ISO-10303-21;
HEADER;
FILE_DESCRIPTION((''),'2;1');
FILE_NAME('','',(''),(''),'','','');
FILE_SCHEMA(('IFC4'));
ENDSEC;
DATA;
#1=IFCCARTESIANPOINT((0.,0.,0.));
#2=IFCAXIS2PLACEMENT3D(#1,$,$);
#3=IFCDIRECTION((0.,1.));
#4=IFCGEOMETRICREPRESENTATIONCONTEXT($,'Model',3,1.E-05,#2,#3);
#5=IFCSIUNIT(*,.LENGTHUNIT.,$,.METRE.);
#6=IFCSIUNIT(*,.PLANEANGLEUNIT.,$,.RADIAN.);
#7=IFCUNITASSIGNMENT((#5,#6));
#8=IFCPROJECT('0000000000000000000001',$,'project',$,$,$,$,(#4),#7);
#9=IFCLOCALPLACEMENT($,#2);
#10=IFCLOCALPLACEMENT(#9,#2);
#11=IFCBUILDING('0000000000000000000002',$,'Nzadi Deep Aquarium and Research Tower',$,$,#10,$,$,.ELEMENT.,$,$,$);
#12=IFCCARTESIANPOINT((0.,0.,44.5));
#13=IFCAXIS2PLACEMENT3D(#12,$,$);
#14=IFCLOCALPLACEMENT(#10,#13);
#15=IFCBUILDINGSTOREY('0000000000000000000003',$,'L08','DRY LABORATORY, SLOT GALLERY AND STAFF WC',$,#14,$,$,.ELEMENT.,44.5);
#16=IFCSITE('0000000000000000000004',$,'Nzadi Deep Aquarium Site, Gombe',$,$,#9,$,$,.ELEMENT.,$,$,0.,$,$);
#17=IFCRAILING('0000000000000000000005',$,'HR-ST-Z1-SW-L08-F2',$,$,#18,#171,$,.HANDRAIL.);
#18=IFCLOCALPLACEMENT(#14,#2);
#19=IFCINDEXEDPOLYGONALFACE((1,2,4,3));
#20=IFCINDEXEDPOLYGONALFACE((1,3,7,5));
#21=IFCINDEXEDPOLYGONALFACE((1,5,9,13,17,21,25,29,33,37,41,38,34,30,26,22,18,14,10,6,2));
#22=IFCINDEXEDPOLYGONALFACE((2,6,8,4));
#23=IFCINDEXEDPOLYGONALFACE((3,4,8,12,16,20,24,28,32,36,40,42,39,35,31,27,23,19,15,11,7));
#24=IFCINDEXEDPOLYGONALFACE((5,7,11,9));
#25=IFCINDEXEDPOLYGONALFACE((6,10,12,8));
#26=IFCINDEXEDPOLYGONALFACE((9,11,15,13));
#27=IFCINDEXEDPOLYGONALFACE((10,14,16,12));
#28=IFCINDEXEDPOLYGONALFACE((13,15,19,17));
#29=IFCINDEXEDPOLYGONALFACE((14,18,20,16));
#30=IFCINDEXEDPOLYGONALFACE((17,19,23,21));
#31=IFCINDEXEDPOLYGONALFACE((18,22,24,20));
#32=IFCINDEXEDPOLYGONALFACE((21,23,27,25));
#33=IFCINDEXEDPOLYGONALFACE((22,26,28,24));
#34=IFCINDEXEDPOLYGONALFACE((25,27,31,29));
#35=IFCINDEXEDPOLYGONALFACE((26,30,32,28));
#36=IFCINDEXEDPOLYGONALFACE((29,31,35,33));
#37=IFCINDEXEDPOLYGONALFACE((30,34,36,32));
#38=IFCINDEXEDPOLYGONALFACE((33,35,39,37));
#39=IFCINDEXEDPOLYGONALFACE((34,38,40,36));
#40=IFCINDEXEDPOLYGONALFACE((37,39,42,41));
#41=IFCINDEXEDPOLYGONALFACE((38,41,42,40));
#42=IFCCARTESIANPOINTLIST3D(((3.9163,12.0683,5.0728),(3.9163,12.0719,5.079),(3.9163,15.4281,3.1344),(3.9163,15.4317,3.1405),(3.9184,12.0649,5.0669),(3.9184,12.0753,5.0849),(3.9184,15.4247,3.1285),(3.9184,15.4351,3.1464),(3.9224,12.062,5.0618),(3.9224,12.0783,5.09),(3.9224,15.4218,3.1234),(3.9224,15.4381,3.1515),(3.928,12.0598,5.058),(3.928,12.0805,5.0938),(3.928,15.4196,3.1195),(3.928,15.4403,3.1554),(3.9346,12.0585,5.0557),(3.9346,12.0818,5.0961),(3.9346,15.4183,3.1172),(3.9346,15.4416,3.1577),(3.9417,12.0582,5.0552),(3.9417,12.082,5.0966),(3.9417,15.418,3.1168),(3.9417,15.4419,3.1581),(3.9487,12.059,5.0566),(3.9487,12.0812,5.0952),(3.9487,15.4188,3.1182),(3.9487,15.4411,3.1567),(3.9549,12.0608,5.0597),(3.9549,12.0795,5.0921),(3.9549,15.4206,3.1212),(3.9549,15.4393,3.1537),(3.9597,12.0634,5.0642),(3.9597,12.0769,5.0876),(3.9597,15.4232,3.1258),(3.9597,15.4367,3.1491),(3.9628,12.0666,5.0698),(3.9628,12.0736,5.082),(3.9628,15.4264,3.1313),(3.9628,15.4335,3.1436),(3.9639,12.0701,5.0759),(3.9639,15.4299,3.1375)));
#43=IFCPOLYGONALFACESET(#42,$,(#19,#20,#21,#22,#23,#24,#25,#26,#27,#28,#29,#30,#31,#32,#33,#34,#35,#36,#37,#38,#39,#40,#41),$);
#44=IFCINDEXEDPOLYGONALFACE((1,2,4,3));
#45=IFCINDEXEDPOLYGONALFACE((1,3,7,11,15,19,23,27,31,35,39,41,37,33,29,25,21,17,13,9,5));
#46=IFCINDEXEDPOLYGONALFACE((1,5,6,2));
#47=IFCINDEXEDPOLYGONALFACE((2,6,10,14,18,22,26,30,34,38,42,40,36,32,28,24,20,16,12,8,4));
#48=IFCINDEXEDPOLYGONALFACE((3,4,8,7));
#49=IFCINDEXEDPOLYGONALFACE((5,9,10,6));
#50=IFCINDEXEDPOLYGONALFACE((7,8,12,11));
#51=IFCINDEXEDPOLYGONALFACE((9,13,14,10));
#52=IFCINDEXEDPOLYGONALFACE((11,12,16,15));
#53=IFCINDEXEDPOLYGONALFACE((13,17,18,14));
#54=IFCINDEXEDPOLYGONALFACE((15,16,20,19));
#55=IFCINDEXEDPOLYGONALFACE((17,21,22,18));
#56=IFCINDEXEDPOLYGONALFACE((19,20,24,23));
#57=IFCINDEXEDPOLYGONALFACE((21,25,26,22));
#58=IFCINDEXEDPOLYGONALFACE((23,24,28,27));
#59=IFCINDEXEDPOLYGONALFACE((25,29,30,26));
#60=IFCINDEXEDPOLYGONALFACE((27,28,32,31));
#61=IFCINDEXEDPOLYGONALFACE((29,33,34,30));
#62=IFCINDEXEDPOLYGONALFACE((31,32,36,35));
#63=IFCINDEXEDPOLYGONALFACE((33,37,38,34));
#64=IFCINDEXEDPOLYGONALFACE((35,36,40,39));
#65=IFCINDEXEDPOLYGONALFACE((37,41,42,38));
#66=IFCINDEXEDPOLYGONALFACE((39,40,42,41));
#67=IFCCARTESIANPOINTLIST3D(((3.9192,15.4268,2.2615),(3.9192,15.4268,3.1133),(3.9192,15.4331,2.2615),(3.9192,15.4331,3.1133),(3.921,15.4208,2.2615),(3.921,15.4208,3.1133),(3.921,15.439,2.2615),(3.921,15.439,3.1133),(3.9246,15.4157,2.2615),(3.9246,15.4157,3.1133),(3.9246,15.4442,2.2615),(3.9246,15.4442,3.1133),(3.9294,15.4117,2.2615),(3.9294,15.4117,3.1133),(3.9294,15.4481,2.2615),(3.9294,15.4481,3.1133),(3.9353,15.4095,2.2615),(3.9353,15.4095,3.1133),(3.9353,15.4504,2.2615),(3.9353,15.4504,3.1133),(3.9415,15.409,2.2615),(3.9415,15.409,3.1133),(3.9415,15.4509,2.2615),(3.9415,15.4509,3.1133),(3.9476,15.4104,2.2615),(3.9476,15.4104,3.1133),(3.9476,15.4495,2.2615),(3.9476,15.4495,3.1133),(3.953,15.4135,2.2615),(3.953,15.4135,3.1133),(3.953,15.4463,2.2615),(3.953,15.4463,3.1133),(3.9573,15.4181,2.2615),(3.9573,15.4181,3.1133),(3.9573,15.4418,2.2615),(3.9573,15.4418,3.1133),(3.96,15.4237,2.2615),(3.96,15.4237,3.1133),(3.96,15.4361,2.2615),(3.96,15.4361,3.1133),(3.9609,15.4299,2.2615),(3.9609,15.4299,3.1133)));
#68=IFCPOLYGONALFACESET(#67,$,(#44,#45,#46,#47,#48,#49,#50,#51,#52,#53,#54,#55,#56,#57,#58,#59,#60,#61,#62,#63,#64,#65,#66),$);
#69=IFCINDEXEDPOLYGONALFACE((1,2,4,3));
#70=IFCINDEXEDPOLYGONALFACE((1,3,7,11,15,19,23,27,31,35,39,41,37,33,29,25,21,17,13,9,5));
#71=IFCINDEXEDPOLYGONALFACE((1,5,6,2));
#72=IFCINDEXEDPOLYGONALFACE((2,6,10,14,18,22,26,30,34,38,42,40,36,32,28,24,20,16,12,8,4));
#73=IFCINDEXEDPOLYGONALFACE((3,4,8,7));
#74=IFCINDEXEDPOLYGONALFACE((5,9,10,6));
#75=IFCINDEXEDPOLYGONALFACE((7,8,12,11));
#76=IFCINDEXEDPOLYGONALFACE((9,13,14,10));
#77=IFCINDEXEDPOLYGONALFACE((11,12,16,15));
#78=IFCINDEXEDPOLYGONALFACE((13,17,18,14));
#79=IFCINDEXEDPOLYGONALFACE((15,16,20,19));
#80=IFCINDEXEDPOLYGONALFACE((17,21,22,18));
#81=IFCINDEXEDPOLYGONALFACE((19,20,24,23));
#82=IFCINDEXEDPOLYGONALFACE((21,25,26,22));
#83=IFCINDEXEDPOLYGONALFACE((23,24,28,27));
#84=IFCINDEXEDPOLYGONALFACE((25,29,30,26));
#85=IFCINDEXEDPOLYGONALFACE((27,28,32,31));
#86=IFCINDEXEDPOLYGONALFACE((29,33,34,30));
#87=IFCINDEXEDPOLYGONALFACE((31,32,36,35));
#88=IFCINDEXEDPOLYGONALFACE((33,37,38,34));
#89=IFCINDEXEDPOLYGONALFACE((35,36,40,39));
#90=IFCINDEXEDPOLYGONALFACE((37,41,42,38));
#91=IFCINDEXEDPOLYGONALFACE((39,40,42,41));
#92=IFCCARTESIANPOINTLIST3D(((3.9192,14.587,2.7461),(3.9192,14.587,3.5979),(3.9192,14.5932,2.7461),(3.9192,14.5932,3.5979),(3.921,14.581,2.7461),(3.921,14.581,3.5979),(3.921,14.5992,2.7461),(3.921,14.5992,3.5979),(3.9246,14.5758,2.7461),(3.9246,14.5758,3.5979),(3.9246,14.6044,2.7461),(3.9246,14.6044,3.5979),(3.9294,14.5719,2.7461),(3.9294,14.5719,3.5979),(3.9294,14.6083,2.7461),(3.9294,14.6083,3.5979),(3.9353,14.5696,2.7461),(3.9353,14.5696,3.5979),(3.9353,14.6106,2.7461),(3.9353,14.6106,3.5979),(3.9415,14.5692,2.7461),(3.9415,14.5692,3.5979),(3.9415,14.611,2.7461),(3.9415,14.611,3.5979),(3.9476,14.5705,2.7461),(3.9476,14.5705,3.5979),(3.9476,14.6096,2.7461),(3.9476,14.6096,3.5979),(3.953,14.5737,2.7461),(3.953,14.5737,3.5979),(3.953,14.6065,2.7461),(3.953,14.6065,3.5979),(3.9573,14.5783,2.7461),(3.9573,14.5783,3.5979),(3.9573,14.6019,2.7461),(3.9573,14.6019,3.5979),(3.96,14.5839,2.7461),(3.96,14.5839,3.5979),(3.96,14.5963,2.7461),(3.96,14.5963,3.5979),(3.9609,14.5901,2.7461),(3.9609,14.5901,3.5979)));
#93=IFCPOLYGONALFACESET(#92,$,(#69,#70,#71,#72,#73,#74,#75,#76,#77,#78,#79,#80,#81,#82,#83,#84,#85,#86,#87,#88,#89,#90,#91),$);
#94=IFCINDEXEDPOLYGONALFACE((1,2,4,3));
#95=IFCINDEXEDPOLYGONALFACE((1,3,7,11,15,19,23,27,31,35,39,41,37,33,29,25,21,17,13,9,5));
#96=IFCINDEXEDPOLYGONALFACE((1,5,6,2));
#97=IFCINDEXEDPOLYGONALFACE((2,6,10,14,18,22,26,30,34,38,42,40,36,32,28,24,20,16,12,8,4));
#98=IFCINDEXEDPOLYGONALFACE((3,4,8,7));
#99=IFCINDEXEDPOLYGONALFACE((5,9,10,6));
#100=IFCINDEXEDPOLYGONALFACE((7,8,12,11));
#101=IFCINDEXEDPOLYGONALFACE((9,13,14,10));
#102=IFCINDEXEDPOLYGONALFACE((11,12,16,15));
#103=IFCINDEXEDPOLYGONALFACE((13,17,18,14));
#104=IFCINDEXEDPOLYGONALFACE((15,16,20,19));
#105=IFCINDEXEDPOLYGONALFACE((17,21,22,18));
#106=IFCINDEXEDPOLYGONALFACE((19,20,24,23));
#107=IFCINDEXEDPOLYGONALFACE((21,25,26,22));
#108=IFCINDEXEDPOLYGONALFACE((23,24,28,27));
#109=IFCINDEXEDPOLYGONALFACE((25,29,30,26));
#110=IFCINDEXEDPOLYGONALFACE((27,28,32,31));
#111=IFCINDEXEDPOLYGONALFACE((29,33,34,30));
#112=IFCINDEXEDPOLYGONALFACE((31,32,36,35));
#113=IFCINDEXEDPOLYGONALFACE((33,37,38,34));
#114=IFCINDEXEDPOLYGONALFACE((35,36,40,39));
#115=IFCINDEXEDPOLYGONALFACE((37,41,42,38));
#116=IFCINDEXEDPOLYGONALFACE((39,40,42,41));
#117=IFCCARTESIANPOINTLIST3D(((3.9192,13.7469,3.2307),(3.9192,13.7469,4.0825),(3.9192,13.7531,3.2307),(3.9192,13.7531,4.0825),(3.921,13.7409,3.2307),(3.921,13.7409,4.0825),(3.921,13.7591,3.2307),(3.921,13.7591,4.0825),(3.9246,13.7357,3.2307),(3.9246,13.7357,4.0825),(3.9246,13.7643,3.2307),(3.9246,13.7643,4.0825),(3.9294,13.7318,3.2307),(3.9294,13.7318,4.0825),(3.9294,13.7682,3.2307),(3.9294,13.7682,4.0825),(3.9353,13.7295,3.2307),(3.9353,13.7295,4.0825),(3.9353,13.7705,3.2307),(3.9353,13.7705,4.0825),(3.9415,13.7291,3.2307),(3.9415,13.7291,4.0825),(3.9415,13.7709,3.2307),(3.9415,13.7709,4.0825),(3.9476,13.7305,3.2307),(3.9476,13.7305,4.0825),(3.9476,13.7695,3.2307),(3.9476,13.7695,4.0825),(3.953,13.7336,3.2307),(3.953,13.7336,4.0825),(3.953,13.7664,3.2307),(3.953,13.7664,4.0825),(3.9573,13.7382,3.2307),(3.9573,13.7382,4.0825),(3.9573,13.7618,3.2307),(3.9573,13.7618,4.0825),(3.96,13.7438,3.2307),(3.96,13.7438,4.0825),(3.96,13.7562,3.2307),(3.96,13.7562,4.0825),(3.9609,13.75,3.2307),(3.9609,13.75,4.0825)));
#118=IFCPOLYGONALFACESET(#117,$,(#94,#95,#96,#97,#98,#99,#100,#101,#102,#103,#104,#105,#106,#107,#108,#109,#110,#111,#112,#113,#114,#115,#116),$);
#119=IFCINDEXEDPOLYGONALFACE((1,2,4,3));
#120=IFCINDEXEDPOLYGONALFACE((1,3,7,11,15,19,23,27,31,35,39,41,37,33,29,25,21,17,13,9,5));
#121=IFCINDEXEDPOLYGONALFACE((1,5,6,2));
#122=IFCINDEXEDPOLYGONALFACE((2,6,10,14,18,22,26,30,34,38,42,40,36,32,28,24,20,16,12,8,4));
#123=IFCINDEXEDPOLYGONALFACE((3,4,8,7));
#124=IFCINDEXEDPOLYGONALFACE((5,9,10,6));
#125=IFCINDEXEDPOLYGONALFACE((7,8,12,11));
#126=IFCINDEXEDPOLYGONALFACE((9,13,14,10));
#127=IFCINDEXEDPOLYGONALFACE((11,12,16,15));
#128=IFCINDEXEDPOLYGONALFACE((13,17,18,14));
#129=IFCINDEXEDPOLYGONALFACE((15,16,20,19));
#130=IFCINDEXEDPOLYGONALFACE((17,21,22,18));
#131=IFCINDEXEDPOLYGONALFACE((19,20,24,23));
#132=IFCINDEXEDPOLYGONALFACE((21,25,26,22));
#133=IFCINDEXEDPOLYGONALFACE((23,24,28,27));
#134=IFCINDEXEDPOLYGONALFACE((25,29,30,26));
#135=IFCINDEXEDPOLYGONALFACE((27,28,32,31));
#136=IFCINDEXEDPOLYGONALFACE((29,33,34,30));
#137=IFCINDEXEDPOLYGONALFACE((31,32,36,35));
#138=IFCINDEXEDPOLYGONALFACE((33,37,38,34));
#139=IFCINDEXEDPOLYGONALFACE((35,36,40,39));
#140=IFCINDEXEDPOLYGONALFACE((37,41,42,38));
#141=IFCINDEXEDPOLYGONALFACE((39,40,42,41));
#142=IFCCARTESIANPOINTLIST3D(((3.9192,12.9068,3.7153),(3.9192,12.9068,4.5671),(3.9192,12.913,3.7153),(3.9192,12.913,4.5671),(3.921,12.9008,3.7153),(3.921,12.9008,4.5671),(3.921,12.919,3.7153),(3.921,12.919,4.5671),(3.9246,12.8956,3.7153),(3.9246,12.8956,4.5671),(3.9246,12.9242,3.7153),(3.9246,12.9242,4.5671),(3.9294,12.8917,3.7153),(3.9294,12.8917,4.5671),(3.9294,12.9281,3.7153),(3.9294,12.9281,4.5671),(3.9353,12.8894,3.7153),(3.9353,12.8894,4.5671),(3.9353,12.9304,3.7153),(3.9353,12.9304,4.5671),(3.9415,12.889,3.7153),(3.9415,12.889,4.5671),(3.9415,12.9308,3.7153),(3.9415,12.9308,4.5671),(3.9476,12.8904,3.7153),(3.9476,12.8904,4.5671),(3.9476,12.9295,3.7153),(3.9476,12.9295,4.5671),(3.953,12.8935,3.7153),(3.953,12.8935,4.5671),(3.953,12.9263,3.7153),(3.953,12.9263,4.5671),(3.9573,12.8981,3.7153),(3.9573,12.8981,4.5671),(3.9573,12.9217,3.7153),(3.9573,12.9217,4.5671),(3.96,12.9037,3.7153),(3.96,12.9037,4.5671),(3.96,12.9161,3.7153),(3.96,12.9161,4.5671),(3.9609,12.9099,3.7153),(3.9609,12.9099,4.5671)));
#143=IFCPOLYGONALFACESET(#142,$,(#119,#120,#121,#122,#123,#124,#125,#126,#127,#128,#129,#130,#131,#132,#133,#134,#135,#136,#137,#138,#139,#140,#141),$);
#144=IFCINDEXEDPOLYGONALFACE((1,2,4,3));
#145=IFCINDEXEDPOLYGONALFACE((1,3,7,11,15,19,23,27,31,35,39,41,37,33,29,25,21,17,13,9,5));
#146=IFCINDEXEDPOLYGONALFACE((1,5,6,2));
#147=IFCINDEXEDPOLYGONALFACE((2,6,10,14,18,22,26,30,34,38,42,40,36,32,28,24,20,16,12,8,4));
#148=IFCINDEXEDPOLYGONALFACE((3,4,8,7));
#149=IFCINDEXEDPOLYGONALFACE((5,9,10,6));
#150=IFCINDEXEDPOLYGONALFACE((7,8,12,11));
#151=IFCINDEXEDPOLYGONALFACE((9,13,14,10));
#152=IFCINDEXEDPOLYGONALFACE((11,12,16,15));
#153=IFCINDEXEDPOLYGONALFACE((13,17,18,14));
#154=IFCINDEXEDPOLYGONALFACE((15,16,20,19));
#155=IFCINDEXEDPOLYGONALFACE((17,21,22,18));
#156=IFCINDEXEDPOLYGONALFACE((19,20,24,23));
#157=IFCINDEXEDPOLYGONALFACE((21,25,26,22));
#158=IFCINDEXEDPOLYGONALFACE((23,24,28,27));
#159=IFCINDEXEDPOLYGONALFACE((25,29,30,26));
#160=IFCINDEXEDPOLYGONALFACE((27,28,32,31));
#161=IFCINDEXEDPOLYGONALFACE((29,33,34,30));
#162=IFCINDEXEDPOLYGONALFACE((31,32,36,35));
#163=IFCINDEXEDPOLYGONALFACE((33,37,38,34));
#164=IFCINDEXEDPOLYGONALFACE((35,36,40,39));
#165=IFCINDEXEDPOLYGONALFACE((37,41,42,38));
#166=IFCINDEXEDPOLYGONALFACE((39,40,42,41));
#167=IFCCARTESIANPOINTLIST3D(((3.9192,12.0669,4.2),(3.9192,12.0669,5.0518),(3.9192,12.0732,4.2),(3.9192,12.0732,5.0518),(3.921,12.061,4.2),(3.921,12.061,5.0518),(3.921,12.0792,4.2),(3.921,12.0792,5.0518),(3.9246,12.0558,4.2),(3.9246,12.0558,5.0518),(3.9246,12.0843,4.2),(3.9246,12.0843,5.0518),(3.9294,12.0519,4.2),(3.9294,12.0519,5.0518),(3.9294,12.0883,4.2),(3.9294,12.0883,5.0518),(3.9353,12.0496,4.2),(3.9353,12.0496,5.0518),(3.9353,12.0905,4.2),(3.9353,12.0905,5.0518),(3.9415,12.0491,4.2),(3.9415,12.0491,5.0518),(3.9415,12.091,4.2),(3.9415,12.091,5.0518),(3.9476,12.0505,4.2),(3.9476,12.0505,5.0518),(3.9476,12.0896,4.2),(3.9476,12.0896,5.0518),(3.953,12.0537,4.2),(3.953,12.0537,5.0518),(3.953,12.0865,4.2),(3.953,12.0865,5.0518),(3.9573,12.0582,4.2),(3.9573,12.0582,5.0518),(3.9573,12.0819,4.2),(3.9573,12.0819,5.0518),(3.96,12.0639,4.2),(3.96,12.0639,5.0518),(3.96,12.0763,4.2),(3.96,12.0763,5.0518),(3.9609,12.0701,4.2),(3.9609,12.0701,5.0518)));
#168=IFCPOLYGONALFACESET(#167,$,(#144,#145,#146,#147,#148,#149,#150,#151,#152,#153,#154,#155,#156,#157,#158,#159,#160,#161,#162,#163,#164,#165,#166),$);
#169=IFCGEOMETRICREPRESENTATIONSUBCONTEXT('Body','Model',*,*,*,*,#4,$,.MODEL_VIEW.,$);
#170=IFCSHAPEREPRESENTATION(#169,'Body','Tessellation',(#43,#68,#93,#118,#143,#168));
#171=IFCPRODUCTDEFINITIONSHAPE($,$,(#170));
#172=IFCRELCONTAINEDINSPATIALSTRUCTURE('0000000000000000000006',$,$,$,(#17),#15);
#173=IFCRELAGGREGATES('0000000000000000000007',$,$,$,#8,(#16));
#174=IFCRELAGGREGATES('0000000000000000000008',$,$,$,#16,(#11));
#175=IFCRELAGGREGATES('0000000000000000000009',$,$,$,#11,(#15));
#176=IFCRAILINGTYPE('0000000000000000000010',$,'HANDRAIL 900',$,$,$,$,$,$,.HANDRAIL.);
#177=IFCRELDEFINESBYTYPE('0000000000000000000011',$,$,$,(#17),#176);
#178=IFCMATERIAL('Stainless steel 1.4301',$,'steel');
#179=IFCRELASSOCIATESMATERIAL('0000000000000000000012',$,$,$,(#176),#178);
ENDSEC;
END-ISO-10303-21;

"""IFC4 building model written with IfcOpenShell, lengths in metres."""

from ifc_helpers import new_model, si_unit, direction, frame, origin, origin_2d, place, context, subcontext, project, spatial, circle, extrude, material, type_object, element, save


model = new_model("IFC4")

# Units and contexts
model_context = context("Model", 3, precision=1e-05, world=origin(), true_north=direction((0.0, 1.0)))
body_context = subcontext(model_context, "Body", "Model", "MODEL_VIEW")
ifc_project = project(units=[si_unit("LENGTHUNIT", "METRE"), si_unit("PLANEANGLEUNIT", "RADIAN")], contexts=[model_context])

# Site, building, storey
site_placement = place(None, origin())
site = spatial("IfcSite", under=ifc_project, at=site_placement, Name="Nzadi Deep Aquarium Site, Gombe", CompositionType="ELEMENT", RefElevation=0.0)
building_placement = place(site_placement, origin())
building = spatial("IfcBuilding", under=site, at=building_placement, Name="Nzadi Deep Aquarium and Research Tower", CompositionType="ELEMENT")
storey_placement = place(building_placement, frame((0.0, 0.0, 44.5)))
storey = spatial("IfcBuildingStorey", under=building, at=storey_placement, Name="L08", Description="DRY LABORATORY, SLOT GALLERY AND STAFF WC", CompositionType="ELEMENT", Elevation=44.5)

# Railing
ifc_material_1 = material(Name="Stainless steel 1.4301", Category="steel")
railing_type = type_object("IfcRailingType", Name="HANDRAIL 900", PredefinedType="HANDRAIL", material=ifc_material_1)
for number, where, name in (
    (1, (3.9399, 15.4299, 2.2615), "HR-ST-Z1-SW-L08-F2"),
):
    element("IfcRailing", number, at=place(storey_placement, frame(where)), inside=storey, type_object=railing_type, Name=name, PredefinedType="HANDRAIL", context=body_context, shape_type="SweptSolid", body=[
        extrude(circle(Radius=0.0239, at=origin_2d()), frame((0.0, 0.0, 0.876), z_axis=(0.0, -0.866175, 0.499741), x_axis=(1.0, 0.0, 0.0)), (0.0, 0.0, 1.0), 3.8789),
        extrude(circle(Radius=0.021, at=origin_2d()), origin(), (0.0, 0.0, 1.0), 0.8518),
        extrude(circle(Radius=0.021, at=origin_2d()), frame((0.0, -0.8398, 0.4846)), (0.0, 0.0, 1.0), 0.8518),
        extrude(circle(Radius=0.021, at=origin_2d()), frame((0.0, -1.6799, 0.9692)), (0.0, 0.0, 1.0), 0.8518),
        extrude(circle(Radius=0.021, at=origin_2d()), frame((0.0, -2.52, 1.4539)), (0.0, 0.0, 1.0), 0.8518),
        extrude(circle(Radius=0.021, at=origin_2d()), frame((0.0, -3.3599, 1.9385)), (0.0, 0.0, 1.0), 0.8518),
    ])

save(model, "model.ifc")
